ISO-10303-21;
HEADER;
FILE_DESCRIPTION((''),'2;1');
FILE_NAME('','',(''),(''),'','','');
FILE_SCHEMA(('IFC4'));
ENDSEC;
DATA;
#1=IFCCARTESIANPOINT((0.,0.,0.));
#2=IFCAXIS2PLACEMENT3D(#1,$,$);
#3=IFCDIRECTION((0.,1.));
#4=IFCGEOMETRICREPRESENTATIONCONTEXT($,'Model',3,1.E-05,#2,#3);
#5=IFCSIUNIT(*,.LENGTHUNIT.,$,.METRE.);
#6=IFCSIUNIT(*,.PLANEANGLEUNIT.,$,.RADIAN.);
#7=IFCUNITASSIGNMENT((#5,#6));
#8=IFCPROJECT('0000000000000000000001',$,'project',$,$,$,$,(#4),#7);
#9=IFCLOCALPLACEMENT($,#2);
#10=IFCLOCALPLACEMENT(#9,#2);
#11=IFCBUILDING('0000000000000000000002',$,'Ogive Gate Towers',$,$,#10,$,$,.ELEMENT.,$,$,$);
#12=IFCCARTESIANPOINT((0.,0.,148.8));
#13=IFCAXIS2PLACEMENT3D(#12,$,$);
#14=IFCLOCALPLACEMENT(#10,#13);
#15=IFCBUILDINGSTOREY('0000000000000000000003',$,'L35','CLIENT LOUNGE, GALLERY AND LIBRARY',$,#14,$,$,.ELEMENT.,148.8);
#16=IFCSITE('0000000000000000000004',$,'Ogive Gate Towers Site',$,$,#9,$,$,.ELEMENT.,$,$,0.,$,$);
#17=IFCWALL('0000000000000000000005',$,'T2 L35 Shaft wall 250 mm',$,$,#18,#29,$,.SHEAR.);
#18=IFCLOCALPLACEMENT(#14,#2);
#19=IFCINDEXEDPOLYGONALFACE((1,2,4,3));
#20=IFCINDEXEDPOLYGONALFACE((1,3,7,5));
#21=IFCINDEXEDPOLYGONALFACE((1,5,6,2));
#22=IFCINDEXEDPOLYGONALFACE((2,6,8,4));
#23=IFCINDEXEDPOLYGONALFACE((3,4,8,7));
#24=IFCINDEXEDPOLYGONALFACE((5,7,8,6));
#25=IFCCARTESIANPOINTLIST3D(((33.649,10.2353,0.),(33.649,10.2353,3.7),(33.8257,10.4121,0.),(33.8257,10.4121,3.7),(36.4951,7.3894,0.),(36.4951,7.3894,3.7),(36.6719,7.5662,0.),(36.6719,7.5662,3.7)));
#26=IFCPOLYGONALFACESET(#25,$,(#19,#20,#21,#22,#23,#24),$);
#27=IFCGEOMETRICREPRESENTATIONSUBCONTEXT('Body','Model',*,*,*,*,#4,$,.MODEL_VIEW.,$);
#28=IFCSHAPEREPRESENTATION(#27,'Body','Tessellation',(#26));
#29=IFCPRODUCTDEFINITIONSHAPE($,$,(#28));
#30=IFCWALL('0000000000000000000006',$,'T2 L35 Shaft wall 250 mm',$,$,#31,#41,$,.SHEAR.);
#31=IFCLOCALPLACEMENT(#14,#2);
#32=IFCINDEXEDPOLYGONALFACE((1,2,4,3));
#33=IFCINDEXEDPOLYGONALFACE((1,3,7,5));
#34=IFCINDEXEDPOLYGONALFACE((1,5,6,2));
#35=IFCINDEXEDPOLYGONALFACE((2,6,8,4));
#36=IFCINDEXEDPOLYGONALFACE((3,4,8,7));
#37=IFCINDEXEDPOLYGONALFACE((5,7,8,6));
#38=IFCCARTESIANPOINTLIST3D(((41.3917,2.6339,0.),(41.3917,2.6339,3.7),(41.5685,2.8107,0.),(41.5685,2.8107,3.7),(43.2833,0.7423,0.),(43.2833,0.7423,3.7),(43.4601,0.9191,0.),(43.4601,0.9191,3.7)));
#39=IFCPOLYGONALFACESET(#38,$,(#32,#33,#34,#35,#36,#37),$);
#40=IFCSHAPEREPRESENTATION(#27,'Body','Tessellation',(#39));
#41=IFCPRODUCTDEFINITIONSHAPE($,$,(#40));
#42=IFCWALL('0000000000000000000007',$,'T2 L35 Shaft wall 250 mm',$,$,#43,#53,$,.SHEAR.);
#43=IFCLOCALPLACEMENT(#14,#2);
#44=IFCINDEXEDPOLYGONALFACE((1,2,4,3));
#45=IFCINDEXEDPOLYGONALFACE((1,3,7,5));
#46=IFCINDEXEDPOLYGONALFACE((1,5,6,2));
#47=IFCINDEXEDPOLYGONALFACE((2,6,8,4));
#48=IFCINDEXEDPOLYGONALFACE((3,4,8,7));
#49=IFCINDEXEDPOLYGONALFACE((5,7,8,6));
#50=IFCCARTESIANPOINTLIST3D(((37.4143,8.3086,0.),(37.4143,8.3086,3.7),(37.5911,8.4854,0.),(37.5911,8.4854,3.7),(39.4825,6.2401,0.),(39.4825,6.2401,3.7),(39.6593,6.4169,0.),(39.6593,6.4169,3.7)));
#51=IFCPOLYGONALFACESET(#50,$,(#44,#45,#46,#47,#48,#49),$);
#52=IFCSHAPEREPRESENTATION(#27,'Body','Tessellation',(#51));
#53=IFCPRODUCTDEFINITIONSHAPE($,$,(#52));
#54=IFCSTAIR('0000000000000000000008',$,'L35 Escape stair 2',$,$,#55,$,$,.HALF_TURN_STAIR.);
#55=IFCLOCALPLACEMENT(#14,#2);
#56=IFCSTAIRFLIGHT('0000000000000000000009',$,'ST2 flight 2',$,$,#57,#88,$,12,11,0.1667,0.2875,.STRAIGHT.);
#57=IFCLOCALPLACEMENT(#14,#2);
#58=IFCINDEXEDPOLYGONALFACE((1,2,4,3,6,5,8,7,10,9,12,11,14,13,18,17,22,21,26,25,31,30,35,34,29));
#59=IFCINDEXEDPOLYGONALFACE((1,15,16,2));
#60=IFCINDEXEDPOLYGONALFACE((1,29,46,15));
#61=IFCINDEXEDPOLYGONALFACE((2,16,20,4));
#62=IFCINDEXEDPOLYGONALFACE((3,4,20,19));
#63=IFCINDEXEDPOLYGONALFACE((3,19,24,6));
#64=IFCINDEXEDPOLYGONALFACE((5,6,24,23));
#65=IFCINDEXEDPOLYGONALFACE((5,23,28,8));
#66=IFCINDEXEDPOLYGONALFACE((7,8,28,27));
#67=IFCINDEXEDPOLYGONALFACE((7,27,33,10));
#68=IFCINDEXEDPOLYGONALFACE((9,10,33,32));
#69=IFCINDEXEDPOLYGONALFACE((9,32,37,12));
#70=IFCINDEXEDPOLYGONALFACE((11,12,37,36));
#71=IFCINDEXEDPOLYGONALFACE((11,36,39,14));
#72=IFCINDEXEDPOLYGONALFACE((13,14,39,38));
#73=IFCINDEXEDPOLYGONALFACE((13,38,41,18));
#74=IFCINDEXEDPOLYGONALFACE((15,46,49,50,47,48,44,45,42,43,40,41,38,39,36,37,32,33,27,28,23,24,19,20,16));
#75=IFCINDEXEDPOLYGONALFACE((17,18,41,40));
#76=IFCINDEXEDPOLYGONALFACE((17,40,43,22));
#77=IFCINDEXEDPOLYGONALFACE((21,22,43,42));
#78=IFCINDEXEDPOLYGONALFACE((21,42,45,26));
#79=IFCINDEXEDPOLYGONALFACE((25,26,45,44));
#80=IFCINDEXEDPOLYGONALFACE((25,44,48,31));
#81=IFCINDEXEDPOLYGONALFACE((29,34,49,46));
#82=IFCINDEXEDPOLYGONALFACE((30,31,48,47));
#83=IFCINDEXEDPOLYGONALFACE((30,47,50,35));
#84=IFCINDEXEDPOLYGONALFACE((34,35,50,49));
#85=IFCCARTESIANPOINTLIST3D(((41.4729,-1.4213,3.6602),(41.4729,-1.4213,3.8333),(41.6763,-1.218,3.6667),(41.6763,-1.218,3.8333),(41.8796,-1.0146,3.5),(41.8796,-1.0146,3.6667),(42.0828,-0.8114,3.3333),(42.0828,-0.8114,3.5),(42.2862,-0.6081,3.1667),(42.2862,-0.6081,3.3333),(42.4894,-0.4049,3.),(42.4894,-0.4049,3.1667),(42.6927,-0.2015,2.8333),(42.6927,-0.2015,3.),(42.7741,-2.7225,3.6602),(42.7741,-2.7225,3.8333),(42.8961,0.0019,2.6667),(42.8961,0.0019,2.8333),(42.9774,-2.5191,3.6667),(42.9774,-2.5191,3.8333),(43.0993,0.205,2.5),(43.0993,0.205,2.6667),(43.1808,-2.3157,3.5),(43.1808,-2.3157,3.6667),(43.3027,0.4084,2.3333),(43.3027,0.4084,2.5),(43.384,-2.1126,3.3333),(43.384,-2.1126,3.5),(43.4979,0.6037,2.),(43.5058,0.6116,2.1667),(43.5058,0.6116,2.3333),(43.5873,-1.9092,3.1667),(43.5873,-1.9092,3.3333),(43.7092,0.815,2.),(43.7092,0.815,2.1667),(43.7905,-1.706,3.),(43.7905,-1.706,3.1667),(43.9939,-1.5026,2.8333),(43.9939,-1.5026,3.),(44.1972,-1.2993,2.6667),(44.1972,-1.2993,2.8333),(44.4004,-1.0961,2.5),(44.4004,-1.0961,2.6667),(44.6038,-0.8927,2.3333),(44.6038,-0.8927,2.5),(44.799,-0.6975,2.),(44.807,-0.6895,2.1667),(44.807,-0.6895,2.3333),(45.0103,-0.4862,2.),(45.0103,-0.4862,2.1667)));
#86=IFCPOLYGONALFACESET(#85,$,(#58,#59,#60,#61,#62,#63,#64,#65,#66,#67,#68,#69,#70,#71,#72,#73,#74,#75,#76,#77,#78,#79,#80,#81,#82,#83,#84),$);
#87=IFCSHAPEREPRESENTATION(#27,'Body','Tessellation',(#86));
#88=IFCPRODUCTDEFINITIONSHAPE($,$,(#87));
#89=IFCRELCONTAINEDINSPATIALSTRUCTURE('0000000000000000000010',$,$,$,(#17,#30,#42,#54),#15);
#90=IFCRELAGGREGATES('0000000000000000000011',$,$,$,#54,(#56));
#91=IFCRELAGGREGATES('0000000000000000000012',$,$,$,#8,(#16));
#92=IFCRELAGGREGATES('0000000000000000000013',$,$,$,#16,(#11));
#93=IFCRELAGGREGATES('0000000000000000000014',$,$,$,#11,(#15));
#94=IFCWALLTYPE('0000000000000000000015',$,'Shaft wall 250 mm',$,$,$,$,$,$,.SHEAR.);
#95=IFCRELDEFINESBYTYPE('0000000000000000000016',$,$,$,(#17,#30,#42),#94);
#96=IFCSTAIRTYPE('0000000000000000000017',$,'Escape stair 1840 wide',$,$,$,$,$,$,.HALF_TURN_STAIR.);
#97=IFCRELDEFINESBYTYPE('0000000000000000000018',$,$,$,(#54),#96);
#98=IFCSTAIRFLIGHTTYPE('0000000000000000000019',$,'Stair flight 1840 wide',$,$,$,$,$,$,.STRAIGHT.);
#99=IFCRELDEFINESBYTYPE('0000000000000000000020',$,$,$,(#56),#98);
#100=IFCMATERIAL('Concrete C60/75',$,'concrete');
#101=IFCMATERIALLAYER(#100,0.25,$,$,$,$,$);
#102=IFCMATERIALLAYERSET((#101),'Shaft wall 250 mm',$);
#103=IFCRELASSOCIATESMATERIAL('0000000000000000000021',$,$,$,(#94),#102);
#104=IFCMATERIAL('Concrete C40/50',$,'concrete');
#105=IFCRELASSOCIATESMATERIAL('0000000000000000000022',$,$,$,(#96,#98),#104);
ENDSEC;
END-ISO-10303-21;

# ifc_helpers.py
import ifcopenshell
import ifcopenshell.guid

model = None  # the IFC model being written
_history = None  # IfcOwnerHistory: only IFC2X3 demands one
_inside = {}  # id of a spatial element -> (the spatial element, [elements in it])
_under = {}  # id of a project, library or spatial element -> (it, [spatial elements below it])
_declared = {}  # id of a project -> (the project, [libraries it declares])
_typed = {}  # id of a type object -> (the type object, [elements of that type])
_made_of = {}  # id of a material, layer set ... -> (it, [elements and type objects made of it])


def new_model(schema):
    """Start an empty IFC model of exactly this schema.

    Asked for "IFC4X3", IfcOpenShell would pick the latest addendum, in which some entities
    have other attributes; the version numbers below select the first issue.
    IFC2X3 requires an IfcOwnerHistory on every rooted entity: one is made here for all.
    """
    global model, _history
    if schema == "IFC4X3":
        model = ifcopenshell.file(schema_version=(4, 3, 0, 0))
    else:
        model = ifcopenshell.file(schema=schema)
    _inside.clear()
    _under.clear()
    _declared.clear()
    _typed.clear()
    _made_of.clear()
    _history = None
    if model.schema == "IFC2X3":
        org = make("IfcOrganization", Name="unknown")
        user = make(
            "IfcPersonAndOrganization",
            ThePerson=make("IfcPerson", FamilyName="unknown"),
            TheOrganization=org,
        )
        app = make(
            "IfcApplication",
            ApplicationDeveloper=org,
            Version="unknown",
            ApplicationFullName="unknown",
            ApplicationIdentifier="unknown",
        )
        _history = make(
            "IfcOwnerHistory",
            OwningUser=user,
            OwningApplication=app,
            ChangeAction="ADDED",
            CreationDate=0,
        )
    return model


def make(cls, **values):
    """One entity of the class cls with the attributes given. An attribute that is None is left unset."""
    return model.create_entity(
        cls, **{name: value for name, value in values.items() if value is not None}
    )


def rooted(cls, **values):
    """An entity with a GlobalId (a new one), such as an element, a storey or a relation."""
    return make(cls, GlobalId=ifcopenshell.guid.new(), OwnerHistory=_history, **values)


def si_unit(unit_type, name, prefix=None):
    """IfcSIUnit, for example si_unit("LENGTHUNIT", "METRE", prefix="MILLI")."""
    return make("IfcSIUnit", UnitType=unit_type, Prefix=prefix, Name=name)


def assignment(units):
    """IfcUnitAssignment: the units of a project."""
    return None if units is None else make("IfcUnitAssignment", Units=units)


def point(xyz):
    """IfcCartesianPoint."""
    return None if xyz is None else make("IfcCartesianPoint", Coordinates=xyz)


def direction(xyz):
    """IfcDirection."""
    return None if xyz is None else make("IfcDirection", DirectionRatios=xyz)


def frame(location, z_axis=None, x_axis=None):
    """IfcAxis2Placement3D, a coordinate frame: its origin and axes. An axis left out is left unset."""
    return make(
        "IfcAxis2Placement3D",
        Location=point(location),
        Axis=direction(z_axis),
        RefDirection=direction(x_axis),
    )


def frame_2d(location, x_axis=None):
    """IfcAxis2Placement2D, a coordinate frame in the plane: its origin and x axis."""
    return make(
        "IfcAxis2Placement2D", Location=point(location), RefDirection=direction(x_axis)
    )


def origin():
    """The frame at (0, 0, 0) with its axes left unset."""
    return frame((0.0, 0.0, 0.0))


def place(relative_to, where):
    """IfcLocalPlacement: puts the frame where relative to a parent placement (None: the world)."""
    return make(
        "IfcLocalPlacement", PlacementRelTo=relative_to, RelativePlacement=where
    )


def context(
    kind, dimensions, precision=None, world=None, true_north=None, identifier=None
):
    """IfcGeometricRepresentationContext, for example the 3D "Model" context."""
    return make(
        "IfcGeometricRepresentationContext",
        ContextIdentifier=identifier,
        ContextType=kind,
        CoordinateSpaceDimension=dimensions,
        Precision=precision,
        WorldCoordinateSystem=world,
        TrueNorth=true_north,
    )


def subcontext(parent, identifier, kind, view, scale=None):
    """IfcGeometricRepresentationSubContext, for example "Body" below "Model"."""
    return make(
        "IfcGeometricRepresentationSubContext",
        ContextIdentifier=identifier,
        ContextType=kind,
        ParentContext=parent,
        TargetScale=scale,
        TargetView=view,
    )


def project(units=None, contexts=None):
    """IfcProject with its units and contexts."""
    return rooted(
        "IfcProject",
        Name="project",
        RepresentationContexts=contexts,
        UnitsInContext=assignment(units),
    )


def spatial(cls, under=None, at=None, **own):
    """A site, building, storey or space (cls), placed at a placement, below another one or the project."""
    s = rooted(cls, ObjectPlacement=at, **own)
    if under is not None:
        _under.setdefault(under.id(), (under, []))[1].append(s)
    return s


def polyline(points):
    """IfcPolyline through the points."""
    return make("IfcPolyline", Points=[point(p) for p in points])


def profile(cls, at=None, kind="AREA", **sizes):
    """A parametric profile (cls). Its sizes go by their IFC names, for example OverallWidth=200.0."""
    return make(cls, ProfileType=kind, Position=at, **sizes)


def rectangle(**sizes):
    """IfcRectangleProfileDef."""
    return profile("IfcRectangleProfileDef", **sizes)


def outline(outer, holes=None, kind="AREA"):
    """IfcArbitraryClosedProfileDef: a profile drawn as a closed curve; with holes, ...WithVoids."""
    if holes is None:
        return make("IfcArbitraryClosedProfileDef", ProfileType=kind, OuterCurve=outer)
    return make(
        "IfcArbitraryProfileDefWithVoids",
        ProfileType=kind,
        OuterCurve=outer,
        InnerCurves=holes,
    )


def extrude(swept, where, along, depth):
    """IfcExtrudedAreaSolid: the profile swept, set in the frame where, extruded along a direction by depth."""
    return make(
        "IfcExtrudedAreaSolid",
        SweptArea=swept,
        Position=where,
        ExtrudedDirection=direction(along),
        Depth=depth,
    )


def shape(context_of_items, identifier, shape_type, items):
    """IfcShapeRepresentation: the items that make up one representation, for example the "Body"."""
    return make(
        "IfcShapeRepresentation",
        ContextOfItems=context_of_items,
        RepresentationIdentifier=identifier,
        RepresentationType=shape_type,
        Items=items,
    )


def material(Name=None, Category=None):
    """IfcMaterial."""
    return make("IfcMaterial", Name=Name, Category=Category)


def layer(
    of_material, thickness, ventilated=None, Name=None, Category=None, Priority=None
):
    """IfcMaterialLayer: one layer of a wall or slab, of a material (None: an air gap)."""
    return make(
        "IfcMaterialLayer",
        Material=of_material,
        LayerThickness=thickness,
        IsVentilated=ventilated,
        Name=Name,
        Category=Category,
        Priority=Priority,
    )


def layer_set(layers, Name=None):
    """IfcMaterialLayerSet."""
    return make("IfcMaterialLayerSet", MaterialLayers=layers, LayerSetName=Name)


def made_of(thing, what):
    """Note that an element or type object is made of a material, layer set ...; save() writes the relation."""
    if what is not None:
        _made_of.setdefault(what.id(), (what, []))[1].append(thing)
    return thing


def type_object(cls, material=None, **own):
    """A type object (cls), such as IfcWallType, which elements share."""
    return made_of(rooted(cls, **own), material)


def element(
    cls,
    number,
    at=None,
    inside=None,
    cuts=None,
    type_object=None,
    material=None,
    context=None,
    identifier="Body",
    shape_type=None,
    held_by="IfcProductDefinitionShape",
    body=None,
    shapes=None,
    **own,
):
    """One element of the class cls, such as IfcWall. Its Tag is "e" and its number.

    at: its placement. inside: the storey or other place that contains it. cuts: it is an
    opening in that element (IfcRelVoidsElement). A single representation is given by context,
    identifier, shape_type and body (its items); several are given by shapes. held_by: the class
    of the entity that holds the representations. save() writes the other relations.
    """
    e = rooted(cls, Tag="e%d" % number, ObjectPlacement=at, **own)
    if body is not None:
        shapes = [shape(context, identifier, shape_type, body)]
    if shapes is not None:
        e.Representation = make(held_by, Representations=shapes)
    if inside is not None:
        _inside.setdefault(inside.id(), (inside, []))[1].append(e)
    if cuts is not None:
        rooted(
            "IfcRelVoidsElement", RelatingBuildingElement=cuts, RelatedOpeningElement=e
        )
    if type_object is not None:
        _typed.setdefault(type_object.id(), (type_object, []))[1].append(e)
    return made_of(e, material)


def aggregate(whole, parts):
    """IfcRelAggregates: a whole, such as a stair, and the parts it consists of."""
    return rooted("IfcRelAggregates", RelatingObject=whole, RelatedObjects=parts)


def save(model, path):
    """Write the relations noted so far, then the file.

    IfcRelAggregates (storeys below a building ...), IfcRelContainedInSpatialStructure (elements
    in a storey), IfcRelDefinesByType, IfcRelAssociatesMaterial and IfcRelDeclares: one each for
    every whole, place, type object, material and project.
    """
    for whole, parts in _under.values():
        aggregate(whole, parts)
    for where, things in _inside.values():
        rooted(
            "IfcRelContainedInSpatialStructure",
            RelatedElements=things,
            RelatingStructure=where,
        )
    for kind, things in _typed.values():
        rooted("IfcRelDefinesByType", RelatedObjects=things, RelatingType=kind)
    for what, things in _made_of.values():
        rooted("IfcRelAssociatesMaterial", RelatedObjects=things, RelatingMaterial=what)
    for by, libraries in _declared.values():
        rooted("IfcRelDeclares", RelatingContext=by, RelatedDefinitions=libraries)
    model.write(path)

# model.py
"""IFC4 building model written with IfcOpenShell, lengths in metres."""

from ifc_helpers import new_model, si_unit, direction, frame, frame_2d, origin, place, context, subcontext, project, spatial, polyline, rectangle, outline, extrude, material, layer, layer_set, type_object, element, aggregate, save


model = new_model("IFC4")

# Units and contexts
model_context = context("Model", 3, precision=1e-05, world=origin(), true_north=direction((0.0, 1.0)))
body_context = subcontext(model_context, "Body", "Model", "MODEL_VIEW")
ifc_project = project(units=[si_unit("LENGTHUNIT", "METRE"), si_unit("PLANEANGLEUNIT", "RADIAN")], contexts=[model_context])

# Site, building, storey
site_placement = place(None, origin())
site = spatial("IfcSite", under=ifc_project, at=site_placement, Name="Ogive Gate Towers Site", CompositionType="ELEMENT", RefElevation=0.0)
building_placement = place(site_placement, origin())
building = spatial("IfcBuilding", under=site, at=building_placement, Name="Ogive Gate Towers", CompositionType="ELEMENT")
storey_placement = place(building_placement, frame((0.0, 0.0, 148.8)))
storey = spatial("IfcBuildingStorey", under=building, at=storey_placement, Name="L35", Description="CLIENT LOUNGE, GALLERY AND LIBRARY", CompositionType="ELEMENT", Elevation=148.8)

# Shared definitions
ifc_material_1 = material(Name="Concrete C60/75", Category="concrete")
ifc_layer_1 = layer(ifc_material_1, 0.25)
ifc_layer_set_1 = layer_set([ifc_layer_1], Name="Shaft wall 250 mm")
wall_type_1 = type_object("IfcWallType", Name="Shaft wall 250 mm", PredefinedType="SHEAR", material=ifc_layer_set_1)

# Walls
wall_1_placement = place(storey_placement, frame((36.5835, 7.4778, 0.0), z_axis=(0.0, 0.0, 1.0), x_axis=(-0.707137, 0.707076, 0.0)))
element("IfcWall", 1, at=wall_1_placement, inside=storey, type_object=wall_type_1, Name="T2 L35 Shaft wall 250 mm", PredefinedType="SHEAR", context=body_context, shape_type="SweptSolid", body=[
    extrude(rectangle(XDim=4.0249, YDim=0.25, at=frame_2d((2.0125, 0.0))), origin(), (0.0, 0.0, 1.0), 3.7),
])
wall_2_placement = place(storey_placement, frame((43.3716, 0.8308, 0.0), z_axis=(0.0, 0.0, 1.0), x_axis=(-0.707107, 0.707107, 0.0)))
element("IfcWall", 2, at=wall_2_placement, inside=storey, type_object=wall_type_1, Name="T2 L35 Shaft wall 250 mm", PredefinedType="SHEAR", context=body_context, shape_type="SweptSolid", body=[
    extrude(rectangle(XDim=2.675, YDim=0.25, at=frame_2d((1.3374, 0.0))), origin(), (0.0, 0.0, 1.0), 3.7),
])
wall_3_placement = place(storey_placement, frame((39.5708, 6.3286, 0.0), z_axis=(0.0, 0.0, 1.0), x_axis=(-0.707065, 0.707149, 0.0)))
element("IfcWall", 3, at=wall_3_placement, inside=storey, type_object=wall_type_1, Name="T2 L35 Shaft wall 250 mm", PredefinedType="SHEAR", context=body_context, shape_type="SweptSolid", body=[
    extrude(rectangle(XDim=2.925, YDim=0.25, at=frame_2d((1.4624, 0.0))), origin(), (0.0, 0.0, 1.0), 3.7),
])

# Stair, stair flight
ifc_material_2 = material(Name="Concrete C40/50", Category="concrete")
stair_type = type_object("IfcStairType", Name="Escape stair 1840 wide", PredefinedType="HALF_TURN_STAIR", material=ifc_material_2)
stair_placement = place(storey_placement, origin())
stair = element("IfcStair", 4, at=stair_placement, inside=storey, type_object=stair_type, Name="L35 Escape stair 2", PredefinedType="HALF_TURN_STAIR")
stair_flight_type = type_object("IfcStairFlightType", Name="Stair flight 1840 wide", PredefinedType="STRAIGHT", material=ifc_material_2)
stair_flight_placement = place(storey_placement, frame((44.3599, 0.1643, 2.0), z_axis=(0.0, 0.0, 1.0), x_axis=(-0.707107, -0.707107, 0.0)))
stair_flight = element("IfcStairFlight", 5, at=stair_flight_placement, type_object=stair_flight_type, Name="ST2 flight 2", NumberOfRisers=12, NumberOfTreads=11, PredefinedType="STRAIGHT", RiserHeight=0.1667, TreadLength=0.2875, context=body_context, shape_type="SweptSolid", body=[
    extrude(outline(polyline([(0.0, 0.0), (0.0, 0.1667), (0.2876, 0.1667), (0.2876, 0.3333), (0.575, 0.3333), (0.575, 0.5), (0.8625, 0.5), (0.8625, 0.6667), (1.1499, 0.6667), (1.1499, 0.8333), (1.4375, 0.8333), (1.4375, 1.0), (1.7251, 1.0), (1.7251, 1.1667), (2.0125, 1.1667), (2.0125, 1.3333), (2.3, 1.3333), (2.3, 1.5), (2.5874, 1.5), (2.5874, 1.6667), (2.875, 1.6667), (2.875, 1.8333), (3.1626, 1.8333), (3.1626, 2.0), (3.1626, 1.6602), (0.2988, 0.0), (0.0, 0.0)])), frame((0.0, 0.9199, 0.0), z_axis=(0.0, -1.0, 0.0), x_axis=(1.0, 0.0, 0.0)), (0.0, 0.0, 1.0), 1.8401),
])
aggregate(stair, [stair_flight])

save(model, "model.ifc")
